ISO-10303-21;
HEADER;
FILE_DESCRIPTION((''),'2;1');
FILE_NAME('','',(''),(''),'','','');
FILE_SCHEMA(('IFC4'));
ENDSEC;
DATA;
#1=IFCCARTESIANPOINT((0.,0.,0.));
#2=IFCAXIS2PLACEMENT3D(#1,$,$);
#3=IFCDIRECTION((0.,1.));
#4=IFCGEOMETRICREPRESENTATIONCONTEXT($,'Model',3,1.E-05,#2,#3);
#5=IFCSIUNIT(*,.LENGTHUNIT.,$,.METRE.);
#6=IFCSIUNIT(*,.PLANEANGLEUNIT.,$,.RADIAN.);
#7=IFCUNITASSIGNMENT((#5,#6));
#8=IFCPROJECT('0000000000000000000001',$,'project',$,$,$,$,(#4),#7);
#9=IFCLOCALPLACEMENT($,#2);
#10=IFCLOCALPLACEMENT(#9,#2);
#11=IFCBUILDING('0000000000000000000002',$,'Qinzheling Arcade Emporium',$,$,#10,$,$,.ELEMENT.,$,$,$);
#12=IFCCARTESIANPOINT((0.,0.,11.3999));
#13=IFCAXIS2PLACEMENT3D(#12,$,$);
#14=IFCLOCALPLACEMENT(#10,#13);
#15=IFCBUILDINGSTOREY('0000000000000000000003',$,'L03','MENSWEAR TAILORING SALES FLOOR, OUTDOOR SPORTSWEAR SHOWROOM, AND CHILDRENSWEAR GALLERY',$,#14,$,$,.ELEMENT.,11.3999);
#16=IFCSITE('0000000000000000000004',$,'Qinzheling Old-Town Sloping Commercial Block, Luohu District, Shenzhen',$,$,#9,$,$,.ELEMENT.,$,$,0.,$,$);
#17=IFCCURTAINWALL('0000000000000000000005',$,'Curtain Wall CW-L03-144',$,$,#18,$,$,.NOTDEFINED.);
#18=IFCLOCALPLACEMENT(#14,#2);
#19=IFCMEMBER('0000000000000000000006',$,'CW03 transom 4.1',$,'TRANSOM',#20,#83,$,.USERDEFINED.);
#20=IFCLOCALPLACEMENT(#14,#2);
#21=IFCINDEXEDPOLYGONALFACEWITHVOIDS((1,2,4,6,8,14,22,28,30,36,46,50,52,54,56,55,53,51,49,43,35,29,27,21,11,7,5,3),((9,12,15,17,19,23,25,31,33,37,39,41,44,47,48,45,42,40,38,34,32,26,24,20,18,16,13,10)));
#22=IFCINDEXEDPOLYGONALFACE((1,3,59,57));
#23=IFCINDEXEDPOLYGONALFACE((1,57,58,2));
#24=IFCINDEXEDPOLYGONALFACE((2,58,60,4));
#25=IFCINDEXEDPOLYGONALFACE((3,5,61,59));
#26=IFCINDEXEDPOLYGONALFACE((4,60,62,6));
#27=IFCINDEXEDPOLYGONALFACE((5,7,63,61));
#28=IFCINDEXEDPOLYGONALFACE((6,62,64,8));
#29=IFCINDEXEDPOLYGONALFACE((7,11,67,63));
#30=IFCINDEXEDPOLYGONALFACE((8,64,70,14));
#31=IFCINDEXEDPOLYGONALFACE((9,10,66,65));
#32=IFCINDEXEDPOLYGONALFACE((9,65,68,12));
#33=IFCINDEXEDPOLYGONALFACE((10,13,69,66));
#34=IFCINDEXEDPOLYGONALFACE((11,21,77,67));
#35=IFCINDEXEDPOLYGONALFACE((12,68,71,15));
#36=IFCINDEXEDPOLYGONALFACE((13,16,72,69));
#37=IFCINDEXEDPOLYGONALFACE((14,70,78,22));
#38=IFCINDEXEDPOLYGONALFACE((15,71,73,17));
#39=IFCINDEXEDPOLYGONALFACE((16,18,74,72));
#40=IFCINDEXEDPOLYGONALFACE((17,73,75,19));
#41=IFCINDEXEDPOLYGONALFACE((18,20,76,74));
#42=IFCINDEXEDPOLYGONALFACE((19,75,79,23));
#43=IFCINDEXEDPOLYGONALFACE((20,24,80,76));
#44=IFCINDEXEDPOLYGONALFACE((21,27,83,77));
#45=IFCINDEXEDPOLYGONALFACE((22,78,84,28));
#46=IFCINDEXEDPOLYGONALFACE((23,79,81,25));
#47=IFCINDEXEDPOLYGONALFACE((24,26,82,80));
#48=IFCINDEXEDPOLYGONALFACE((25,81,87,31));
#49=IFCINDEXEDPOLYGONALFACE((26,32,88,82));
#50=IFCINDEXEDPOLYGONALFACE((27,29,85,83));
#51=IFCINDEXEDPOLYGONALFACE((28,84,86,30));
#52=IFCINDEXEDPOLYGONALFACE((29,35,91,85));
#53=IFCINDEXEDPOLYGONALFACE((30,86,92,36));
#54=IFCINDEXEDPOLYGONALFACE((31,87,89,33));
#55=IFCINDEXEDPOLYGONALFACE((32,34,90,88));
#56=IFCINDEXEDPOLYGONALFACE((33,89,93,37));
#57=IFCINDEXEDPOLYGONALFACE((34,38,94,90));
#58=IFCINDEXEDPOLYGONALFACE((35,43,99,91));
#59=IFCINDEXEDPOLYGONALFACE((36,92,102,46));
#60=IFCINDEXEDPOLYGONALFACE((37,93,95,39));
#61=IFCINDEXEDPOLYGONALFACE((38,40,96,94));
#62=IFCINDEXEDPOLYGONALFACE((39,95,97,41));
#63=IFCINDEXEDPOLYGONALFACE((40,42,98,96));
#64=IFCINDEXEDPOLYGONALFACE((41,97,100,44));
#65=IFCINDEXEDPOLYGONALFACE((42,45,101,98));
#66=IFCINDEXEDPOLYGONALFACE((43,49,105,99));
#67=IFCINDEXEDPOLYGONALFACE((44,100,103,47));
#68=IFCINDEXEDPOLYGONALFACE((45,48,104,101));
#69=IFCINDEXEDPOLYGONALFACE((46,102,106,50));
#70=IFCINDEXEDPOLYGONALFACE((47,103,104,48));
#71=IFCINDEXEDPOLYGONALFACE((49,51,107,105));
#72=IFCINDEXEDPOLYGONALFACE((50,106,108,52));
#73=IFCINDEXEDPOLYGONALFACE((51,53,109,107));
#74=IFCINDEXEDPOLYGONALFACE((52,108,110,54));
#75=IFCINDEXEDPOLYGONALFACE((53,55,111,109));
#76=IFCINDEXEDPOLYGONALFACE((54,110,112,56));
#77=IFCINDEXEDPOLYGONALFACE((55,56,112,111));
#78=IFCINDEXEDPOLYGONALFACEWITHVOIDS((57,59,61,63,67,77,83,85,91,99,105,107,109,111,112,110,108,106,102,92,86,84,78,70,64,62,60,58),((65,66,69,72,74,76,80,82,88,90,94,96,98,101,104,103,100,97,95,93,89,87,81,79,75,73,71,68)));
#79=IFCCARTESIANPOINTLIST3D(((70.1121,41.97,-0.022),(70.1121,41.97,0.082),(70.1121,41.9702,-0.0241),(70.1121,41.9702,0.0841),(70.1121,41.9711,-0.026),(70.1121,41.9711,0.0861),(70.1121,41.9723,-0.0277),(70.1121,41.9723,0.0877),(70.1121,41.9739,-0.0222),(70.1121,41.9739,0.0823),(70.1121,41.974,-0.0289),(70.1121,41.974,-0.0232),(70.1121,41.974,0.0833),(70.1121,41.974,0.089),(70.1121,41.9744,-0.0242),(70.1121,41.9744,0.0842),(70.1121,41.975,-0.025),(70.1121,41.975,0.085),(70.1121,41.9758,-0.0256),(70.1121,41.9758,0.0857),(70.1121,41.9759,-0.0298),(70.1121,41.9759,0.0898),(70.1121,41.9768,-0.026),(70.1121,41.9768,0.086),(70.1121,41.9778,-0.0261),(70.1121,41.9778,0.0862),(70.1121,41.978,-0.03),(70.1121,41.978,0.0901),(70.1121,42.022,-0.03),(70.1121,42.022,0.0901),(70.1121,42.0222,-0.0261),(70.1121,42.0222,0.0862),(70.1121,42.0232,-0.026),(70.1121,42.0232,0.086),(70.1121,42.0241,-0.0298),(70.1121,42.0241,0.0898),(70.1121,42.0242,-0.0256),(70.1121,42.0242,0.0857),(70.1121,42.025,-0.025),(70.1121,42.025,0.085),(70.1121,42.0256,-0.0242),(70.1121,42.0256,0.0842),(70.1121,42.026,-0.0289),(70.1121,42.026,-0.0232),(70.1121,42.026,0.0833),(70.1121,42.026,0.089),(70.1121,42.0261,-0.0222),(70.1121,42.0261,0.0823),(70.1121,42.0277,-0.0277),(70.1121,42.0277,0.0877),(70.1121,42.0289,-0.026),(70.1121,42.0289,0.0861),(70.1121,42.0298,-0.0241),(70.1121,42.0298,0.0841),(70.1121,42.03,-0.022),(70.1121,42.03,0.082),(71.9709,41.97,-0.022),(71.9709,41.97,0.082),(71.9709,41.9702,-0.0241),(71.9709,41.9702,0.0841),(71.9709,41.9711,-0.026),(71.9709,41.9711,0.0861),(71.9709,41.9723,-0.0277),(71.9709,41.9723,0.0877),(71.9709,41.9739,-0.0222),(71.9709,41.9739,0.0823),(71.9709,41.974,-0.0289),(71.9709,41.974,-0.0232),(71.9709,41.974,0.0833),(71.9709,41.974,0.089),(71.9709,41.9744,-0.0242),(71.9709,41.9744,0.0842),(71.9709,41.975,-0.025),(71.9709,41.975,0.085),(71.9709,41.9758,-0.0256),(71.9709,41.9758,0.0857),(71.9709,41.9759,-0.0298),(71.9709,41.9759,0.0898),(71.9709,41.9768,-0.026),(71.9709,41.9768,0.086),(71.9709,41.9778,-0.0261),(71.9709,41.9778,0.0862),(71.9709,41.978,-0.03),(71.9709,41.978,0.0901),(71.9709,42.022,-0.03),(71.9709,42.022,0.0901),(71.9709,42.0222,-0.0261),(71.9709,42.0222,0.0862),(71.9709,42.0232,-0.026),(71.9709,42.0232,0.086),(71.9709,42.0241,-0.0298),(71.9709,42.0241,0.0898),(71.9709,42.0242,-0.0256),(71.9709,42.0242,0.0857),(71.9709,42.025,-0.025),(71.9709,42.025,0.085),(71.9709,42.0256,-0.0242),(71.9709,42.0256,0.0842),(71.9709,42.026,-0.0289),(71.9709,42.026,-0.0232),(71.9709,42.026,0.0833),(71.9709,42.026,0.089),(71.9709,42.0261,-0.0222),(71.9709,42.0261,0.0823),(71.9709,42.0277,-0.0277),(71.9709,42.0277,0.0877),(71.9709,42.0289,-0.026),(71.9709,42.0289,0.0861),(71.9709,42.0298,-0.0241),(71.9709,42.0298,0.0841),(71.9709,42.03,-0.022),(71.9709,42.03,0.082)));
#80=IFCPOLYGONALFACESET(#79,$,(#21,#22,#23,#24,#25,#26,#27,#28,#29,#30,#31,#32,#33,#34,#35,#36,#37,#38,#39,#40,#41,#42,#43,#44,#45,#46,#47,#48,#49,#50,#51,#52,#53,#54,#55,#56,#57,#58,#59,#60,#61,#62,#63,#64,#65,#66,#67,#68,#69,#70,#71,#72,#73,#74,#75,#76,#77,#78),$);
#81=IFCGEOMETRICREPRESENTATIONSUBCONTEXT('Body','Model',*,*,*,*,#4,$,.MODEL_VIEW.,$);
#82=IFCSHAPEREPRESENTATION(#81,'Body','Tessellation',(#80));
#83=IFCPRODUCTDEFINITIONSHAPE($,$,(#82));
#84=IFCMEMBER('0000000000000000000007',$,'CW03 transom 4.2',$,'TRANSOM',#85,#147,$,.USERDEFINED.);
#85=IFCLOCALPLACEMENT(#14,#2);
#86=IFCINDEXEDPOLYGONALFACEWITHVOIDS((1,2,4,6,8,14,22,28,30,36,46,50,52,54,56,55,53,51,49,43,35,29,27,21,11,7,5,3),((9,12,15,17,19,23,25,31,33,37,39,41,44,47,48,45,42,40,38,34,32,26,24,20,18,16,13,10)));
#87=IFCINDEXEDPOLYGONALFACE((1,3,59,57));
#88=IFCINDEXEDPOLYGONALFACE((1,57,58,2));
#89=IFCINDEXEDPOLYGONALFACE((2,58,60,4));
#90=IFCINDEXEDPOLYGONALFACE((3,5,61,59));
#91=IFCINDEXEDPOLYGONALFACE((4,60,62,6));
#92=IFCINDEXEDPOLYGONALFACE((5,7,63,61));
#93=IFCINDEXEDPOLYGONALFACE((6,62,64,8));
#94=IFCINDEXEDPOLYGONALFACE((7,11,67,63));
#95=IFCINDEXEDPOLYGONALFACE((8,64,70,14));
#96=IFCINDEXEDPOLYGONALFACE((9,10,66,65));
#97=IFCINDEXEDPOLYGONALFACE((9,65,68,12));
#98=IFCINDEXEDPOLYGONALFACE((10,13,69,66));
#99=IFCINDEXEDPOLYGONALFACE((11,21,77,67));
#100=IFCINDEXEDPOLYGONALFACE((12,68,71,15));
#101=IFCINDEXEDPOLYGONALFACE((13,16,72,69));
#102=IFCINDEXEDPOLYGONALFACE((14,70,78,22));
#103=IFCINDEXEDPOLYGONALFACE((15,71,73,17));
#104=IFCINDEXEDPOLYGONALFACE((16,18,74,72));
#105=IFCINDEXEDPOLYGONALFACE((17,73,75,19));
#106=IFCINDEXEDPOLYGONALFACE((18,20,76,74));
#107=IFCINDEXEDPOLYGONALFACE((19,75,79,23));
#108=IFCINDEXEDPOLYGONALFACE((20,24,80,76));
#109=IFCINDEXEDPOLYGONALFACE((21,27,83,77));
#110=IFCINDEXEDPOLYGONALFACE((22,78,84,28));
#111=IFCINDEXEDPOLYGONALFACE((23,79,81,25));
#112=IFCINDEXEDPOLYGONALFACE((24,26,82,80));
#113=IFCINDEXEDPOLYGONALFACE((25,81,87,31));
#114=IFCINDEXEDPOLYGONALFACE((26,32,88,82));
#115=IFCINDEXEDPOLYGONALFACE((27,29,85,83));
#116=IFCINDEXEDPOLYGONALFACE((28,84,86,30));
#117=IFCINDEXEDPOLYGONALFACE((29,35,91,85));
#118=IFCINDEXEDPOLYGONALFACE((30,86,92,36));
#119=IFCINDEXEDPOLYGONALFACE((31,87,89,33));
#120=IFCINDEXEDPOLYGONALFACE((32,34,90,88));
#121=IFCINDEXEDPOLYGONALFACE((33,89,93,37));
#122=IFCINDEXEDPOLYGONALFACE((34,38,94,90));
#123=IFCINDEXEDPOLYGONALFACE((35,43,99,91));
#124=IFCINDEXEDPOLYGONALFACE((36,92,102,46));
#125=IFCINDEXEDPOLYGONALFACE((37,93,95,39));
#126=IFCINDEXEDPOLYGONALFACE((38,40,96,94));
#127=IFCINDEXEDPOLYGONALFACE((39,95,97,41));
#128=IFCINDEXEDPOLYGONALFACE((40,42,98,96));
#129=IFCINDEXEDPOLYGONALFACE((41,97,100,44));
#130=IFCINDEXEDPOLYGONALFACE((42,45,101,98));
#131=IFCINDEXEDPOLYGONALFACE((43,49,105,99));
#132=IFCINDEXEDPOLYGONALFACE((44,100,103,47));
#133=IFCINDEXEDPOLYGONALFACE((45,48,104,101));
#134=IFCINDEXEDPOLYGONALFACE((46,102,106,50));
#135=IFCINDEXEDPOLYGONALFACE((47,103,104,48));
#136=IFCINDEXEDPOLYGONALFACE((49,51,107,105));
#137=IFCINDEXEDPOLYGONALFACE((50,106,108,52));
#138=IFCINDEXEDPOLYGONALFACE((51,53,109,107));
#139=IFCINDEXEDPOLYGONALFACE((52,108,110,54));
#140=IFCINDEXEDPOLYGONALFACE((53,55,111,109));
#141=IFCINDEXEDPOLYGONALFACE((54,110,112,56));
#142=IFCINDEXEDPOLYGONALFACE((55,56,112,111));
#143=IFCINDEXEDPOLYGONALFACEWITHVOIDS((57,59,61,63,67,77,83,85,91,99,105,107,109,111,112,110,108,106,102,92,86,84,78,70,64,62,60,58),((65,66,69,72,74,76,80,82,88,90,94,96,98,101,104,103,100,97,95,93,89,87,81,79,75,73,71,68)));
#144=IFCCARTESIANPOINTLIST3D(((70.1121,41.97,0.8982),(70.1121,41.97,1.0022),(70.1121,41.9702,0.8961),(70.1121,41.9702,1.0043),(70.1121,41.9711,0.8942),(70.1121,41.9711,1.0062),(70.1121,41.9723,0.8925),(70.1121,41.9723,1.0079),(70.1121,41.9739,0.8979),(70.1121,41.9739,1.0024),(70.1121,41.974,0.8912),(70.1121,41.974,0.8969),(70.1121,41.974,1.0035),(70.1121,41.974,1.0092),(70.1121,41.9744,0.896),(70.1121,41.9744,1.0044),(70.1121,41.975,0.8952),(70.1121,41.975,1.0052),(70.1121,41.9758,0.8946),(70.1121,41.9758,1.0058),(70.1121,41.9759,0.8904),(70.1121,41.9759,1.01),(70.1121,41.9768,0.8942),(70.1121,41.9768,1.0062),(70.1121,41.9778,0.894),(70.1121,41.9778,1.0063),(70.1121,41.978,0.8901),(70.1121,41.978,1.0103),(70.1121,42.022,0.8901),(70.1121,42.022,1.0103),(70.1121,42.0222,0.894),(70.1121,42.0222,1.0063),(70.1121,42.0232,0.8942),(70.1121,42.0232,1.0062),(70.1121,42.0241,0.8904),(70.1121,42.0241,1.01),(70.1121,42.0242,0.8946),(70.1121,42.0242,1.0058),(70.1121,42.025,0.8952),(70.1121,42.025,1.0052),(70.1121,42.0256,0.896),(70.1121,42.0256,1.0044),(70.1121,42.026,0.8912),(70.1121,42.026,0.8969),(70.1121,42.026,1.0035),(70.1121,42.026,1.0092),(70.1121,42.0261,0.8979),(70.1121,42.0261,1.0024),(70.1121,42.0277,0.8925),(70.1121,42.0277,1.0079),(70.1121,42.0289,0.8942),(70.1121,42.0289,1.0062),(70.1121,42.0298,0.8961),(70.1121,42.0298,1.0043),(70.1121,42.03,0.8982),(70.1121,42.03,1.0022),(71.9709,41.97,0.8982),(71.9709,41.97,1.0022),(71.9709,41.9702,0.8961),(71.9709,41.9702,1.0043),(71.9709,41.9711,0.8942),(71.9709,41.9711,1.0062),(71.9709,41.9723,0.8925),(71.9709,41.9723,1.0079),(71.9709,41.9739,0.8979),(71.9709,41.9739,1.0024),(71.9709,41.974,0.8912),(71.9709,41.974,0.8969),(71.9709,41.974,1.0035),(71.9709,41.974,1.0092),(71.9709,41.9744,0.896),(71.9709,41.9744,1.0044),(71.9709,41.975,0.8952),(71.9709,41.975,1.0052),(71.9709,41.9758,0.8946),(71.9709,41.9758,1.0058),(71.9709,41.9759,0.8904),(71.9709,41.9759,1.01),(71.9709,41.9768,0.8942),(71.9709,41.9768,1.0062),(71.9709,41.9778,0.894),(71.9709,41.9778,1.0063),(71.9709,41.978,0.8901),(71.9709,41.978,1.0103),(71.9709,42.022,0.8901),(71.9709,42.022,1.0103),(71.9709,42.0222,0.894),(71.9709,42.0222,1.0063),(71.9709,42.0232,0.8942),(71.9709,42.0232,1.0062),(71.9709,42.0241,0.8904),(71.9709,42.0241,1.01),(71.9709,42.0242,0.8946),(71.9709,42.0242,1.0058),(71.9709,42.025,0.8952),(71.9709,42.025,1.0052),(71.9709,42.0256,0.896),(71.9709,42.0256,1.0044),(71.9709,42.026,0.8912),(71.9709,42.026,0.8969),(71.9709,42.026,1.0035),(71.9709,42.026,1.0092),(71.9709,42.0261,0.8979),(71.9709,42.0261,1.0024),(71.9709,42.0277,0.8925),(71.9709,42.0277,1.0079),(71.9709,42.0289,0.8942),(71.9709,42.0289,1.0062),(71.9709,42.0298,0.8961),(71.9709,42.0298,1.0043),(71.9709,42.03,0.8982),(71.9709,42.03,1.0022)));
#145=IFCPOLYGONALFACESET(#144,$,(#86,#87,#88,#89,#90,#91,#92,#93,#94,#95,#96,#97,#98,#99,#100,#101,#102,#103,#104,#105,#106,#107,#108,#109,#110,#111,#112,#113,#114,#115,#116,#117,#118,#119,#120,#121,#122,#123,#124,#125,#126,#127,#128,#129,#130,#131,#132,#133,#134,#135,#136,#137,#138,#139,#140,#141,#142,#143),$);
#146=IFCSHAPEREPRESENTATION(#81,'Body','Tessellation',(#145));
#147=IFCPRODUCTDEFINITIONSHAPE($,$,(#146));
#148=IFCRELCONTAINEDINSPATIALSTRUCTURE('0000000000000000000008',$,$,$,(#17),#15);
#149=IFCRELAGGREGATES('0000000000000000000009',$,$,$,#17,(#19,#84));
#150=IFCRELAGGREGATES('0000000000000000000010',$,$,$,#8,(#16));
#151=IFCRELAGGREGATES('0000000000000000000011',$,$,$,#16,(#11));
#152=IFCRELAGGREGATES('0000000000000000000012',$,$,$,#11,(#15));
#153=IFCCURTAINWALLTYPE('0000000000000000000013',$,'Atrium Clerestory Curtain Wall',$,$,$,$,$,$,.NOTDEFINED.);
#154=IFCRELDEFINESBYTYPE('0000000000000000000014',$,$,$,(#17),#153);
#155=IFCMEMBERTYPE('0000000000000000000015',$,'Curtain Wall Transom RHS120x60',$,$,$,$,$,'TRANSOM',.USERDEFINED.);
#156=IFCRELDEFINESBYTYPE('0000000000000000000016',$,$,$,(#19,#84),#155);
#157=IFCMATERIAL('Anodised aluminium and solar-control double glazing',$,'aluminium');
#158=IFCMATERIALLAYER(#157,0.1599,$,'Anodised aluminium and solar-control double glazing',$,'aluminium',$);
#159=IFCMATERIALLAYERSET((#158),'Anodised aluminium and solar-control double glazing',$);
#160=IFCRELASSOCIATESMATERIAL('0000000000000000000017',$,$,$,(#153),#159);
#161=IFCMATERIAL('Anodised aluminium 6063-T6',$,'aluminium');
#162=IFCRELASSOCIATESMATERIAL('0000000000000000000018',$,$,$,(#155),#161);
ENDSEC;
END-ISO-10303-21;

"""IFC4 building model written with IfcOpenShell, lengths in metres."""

from ifc_helpers import new_model, si_unit, direction, frame, origin, origin_2d, place, context, subcontext, project, spatial, hollow_rectangle, extrude, material, layer, layer_set, material_profile, profile_set, type_object, element, aggregate, save


model = new_model("IFC4")

# Units and contexts
model_context = context("Model", 3, precision=1e-05, world=origin(), true_north=direction((0.0, 1.0)))
body_context = subcontext(model_context, "Body", "Model", "MODEL_VIEW")
ifc_project = project(units=[si_unit("LENGTHUNIT", "METRE"), si_unit("PLANEANGLEUNIT", "RADIAN")], contexts=[model_context])

# Site, building, storey
site_placement = place(None, origin())
site = spatial("IfcSite", under=ifc_project, at=site_placement, Name="Qinzheling Old-Town Sloping Commercial Block, Luohu District, Shenzhen", CompositionType="ELEMENT", RefElevation=0.0)
building_placement = place(site_placement, origin())
building = spatial("IfcBuilding", under=site, at=building_placement, Name="Qinzheling Arcade Emporium", CompositionType="ELEMENT")
storey_placement = place(building_placement, frame((0.0, 0.0, 11.3999)))
storey = spatial("IfcBuildingStorey", under=building, at=storey_placement, Name="L03", Description="MENSWEAR TAILORING SALES FLOOR, OUTDOOR SPORTSWEAR SHOWROOM, AND CHILDRENSWEAR GALLERY", CompositionType="ELEMENT", Elevation=11.3999)

# Curtain wall, members
ifc_material_1 = material(Name="Anodised aluminium and solar-control double glazing", Category="aluminium")
ifc_layer_1 = layer(ifc_material_1, 0.1599, Name="Anodised aluminium and solar-control double glazing", Category="aluminium")
ifc_layer_set_1 = layer_set([ifc_layer_1], Name="Anodised aluminium and solar-control double glazing")
curtain_wall_type = type_object("IfcCurtainWallType", Name="Atrium Clerestory Curtain Wall", PredefinedType="NOTDEFINED", material=ifc_layer_set_1)
curtain_wall_placement = place(storey_placement, origin())
curtain_wall = element("IfcCurtainWall", 1, at=curtain_wall_placement, inside=storey, type_object=curtain_wall_type, Name="Curtain Wall CW-L03-144", PredefinedType="NOTDEFINED")
ifc_material_2 = material(Name="Anodised aluminium 6063-T6", Category="aluminium")
ifc_material_profile_1 = material_profile(ifc_material_2, hollow_rectangle(XDim=0.0601, YDim=0.1201, WallThickness=0.0039, InnerFilletRadius=0.0039, OuterFilletRadius=0.0081, at=origin_2d()), Name="RHS 120x60x4", Category="aluminium")
ifc_profile_set_1 = profile_set([ifc_material_profile_1], Name="Anodised aluminium 6063-T6")
member_type_1 = type_object("IfcMemberType", Name="Curtain Wall Transom RHS120x60", ElementType="TRANSOM", PredefinedType="USERDEFINED", material=ifc_profile_set_1)
member_1_placement = place(storey_placement, frame((71.9709, 42.0, 0.03), z_axis=(-1.0, 0.0, 0.0), x_axis=(0.0, -1.0, 0.0)))
member_1 = element("IfcMember", 2, at=member_1_placement, type_object=member_type_1, Name="CW03 transom 4.1", ObjectType="TRANSOM", PredefinedType="USERDEFINED", context=body_context, shape_type="SweptSolid", body=[
    extrude(hollow_rectangle(XDim=0.0601, YDim=0.1201, WallThickness=0.0039, InnerFilletRadius=0.0039, OuterFilletRadius=0.0081, at=origin_2d()), origin(), (0.0, 0.0, 1.0), 1.8589),
])
member_2_placement = place(storey_placement, frame((71.9709, 42.0, 0.9502), z_axis=(-1.0, 0.0, 0.0), x_axis=(0.0, -1.0, 0.0)))
member_2 = element("IfcMember", 3, at=member_2_placement, type_object=member_type_1, Name="CW03 transom 4.2", ObjectType="TRANSOM", PredefinedType="USERDEFINED", context=body_context, shape_type="SweptSolid", body=[
    extrude(hollow_rectangle(XDim=0.0601, YDim=0.1201, WallThickness=0.0039, InnerFilletRadius=0.0039, OuterFilletRadius=0.0081, at=origin_2d()), origin(), (0.0, 0.0, 1.0), 1.8589),
])
aggregate(curtain_wall, [member_1, member_2])

save(model, "model.ifc")
